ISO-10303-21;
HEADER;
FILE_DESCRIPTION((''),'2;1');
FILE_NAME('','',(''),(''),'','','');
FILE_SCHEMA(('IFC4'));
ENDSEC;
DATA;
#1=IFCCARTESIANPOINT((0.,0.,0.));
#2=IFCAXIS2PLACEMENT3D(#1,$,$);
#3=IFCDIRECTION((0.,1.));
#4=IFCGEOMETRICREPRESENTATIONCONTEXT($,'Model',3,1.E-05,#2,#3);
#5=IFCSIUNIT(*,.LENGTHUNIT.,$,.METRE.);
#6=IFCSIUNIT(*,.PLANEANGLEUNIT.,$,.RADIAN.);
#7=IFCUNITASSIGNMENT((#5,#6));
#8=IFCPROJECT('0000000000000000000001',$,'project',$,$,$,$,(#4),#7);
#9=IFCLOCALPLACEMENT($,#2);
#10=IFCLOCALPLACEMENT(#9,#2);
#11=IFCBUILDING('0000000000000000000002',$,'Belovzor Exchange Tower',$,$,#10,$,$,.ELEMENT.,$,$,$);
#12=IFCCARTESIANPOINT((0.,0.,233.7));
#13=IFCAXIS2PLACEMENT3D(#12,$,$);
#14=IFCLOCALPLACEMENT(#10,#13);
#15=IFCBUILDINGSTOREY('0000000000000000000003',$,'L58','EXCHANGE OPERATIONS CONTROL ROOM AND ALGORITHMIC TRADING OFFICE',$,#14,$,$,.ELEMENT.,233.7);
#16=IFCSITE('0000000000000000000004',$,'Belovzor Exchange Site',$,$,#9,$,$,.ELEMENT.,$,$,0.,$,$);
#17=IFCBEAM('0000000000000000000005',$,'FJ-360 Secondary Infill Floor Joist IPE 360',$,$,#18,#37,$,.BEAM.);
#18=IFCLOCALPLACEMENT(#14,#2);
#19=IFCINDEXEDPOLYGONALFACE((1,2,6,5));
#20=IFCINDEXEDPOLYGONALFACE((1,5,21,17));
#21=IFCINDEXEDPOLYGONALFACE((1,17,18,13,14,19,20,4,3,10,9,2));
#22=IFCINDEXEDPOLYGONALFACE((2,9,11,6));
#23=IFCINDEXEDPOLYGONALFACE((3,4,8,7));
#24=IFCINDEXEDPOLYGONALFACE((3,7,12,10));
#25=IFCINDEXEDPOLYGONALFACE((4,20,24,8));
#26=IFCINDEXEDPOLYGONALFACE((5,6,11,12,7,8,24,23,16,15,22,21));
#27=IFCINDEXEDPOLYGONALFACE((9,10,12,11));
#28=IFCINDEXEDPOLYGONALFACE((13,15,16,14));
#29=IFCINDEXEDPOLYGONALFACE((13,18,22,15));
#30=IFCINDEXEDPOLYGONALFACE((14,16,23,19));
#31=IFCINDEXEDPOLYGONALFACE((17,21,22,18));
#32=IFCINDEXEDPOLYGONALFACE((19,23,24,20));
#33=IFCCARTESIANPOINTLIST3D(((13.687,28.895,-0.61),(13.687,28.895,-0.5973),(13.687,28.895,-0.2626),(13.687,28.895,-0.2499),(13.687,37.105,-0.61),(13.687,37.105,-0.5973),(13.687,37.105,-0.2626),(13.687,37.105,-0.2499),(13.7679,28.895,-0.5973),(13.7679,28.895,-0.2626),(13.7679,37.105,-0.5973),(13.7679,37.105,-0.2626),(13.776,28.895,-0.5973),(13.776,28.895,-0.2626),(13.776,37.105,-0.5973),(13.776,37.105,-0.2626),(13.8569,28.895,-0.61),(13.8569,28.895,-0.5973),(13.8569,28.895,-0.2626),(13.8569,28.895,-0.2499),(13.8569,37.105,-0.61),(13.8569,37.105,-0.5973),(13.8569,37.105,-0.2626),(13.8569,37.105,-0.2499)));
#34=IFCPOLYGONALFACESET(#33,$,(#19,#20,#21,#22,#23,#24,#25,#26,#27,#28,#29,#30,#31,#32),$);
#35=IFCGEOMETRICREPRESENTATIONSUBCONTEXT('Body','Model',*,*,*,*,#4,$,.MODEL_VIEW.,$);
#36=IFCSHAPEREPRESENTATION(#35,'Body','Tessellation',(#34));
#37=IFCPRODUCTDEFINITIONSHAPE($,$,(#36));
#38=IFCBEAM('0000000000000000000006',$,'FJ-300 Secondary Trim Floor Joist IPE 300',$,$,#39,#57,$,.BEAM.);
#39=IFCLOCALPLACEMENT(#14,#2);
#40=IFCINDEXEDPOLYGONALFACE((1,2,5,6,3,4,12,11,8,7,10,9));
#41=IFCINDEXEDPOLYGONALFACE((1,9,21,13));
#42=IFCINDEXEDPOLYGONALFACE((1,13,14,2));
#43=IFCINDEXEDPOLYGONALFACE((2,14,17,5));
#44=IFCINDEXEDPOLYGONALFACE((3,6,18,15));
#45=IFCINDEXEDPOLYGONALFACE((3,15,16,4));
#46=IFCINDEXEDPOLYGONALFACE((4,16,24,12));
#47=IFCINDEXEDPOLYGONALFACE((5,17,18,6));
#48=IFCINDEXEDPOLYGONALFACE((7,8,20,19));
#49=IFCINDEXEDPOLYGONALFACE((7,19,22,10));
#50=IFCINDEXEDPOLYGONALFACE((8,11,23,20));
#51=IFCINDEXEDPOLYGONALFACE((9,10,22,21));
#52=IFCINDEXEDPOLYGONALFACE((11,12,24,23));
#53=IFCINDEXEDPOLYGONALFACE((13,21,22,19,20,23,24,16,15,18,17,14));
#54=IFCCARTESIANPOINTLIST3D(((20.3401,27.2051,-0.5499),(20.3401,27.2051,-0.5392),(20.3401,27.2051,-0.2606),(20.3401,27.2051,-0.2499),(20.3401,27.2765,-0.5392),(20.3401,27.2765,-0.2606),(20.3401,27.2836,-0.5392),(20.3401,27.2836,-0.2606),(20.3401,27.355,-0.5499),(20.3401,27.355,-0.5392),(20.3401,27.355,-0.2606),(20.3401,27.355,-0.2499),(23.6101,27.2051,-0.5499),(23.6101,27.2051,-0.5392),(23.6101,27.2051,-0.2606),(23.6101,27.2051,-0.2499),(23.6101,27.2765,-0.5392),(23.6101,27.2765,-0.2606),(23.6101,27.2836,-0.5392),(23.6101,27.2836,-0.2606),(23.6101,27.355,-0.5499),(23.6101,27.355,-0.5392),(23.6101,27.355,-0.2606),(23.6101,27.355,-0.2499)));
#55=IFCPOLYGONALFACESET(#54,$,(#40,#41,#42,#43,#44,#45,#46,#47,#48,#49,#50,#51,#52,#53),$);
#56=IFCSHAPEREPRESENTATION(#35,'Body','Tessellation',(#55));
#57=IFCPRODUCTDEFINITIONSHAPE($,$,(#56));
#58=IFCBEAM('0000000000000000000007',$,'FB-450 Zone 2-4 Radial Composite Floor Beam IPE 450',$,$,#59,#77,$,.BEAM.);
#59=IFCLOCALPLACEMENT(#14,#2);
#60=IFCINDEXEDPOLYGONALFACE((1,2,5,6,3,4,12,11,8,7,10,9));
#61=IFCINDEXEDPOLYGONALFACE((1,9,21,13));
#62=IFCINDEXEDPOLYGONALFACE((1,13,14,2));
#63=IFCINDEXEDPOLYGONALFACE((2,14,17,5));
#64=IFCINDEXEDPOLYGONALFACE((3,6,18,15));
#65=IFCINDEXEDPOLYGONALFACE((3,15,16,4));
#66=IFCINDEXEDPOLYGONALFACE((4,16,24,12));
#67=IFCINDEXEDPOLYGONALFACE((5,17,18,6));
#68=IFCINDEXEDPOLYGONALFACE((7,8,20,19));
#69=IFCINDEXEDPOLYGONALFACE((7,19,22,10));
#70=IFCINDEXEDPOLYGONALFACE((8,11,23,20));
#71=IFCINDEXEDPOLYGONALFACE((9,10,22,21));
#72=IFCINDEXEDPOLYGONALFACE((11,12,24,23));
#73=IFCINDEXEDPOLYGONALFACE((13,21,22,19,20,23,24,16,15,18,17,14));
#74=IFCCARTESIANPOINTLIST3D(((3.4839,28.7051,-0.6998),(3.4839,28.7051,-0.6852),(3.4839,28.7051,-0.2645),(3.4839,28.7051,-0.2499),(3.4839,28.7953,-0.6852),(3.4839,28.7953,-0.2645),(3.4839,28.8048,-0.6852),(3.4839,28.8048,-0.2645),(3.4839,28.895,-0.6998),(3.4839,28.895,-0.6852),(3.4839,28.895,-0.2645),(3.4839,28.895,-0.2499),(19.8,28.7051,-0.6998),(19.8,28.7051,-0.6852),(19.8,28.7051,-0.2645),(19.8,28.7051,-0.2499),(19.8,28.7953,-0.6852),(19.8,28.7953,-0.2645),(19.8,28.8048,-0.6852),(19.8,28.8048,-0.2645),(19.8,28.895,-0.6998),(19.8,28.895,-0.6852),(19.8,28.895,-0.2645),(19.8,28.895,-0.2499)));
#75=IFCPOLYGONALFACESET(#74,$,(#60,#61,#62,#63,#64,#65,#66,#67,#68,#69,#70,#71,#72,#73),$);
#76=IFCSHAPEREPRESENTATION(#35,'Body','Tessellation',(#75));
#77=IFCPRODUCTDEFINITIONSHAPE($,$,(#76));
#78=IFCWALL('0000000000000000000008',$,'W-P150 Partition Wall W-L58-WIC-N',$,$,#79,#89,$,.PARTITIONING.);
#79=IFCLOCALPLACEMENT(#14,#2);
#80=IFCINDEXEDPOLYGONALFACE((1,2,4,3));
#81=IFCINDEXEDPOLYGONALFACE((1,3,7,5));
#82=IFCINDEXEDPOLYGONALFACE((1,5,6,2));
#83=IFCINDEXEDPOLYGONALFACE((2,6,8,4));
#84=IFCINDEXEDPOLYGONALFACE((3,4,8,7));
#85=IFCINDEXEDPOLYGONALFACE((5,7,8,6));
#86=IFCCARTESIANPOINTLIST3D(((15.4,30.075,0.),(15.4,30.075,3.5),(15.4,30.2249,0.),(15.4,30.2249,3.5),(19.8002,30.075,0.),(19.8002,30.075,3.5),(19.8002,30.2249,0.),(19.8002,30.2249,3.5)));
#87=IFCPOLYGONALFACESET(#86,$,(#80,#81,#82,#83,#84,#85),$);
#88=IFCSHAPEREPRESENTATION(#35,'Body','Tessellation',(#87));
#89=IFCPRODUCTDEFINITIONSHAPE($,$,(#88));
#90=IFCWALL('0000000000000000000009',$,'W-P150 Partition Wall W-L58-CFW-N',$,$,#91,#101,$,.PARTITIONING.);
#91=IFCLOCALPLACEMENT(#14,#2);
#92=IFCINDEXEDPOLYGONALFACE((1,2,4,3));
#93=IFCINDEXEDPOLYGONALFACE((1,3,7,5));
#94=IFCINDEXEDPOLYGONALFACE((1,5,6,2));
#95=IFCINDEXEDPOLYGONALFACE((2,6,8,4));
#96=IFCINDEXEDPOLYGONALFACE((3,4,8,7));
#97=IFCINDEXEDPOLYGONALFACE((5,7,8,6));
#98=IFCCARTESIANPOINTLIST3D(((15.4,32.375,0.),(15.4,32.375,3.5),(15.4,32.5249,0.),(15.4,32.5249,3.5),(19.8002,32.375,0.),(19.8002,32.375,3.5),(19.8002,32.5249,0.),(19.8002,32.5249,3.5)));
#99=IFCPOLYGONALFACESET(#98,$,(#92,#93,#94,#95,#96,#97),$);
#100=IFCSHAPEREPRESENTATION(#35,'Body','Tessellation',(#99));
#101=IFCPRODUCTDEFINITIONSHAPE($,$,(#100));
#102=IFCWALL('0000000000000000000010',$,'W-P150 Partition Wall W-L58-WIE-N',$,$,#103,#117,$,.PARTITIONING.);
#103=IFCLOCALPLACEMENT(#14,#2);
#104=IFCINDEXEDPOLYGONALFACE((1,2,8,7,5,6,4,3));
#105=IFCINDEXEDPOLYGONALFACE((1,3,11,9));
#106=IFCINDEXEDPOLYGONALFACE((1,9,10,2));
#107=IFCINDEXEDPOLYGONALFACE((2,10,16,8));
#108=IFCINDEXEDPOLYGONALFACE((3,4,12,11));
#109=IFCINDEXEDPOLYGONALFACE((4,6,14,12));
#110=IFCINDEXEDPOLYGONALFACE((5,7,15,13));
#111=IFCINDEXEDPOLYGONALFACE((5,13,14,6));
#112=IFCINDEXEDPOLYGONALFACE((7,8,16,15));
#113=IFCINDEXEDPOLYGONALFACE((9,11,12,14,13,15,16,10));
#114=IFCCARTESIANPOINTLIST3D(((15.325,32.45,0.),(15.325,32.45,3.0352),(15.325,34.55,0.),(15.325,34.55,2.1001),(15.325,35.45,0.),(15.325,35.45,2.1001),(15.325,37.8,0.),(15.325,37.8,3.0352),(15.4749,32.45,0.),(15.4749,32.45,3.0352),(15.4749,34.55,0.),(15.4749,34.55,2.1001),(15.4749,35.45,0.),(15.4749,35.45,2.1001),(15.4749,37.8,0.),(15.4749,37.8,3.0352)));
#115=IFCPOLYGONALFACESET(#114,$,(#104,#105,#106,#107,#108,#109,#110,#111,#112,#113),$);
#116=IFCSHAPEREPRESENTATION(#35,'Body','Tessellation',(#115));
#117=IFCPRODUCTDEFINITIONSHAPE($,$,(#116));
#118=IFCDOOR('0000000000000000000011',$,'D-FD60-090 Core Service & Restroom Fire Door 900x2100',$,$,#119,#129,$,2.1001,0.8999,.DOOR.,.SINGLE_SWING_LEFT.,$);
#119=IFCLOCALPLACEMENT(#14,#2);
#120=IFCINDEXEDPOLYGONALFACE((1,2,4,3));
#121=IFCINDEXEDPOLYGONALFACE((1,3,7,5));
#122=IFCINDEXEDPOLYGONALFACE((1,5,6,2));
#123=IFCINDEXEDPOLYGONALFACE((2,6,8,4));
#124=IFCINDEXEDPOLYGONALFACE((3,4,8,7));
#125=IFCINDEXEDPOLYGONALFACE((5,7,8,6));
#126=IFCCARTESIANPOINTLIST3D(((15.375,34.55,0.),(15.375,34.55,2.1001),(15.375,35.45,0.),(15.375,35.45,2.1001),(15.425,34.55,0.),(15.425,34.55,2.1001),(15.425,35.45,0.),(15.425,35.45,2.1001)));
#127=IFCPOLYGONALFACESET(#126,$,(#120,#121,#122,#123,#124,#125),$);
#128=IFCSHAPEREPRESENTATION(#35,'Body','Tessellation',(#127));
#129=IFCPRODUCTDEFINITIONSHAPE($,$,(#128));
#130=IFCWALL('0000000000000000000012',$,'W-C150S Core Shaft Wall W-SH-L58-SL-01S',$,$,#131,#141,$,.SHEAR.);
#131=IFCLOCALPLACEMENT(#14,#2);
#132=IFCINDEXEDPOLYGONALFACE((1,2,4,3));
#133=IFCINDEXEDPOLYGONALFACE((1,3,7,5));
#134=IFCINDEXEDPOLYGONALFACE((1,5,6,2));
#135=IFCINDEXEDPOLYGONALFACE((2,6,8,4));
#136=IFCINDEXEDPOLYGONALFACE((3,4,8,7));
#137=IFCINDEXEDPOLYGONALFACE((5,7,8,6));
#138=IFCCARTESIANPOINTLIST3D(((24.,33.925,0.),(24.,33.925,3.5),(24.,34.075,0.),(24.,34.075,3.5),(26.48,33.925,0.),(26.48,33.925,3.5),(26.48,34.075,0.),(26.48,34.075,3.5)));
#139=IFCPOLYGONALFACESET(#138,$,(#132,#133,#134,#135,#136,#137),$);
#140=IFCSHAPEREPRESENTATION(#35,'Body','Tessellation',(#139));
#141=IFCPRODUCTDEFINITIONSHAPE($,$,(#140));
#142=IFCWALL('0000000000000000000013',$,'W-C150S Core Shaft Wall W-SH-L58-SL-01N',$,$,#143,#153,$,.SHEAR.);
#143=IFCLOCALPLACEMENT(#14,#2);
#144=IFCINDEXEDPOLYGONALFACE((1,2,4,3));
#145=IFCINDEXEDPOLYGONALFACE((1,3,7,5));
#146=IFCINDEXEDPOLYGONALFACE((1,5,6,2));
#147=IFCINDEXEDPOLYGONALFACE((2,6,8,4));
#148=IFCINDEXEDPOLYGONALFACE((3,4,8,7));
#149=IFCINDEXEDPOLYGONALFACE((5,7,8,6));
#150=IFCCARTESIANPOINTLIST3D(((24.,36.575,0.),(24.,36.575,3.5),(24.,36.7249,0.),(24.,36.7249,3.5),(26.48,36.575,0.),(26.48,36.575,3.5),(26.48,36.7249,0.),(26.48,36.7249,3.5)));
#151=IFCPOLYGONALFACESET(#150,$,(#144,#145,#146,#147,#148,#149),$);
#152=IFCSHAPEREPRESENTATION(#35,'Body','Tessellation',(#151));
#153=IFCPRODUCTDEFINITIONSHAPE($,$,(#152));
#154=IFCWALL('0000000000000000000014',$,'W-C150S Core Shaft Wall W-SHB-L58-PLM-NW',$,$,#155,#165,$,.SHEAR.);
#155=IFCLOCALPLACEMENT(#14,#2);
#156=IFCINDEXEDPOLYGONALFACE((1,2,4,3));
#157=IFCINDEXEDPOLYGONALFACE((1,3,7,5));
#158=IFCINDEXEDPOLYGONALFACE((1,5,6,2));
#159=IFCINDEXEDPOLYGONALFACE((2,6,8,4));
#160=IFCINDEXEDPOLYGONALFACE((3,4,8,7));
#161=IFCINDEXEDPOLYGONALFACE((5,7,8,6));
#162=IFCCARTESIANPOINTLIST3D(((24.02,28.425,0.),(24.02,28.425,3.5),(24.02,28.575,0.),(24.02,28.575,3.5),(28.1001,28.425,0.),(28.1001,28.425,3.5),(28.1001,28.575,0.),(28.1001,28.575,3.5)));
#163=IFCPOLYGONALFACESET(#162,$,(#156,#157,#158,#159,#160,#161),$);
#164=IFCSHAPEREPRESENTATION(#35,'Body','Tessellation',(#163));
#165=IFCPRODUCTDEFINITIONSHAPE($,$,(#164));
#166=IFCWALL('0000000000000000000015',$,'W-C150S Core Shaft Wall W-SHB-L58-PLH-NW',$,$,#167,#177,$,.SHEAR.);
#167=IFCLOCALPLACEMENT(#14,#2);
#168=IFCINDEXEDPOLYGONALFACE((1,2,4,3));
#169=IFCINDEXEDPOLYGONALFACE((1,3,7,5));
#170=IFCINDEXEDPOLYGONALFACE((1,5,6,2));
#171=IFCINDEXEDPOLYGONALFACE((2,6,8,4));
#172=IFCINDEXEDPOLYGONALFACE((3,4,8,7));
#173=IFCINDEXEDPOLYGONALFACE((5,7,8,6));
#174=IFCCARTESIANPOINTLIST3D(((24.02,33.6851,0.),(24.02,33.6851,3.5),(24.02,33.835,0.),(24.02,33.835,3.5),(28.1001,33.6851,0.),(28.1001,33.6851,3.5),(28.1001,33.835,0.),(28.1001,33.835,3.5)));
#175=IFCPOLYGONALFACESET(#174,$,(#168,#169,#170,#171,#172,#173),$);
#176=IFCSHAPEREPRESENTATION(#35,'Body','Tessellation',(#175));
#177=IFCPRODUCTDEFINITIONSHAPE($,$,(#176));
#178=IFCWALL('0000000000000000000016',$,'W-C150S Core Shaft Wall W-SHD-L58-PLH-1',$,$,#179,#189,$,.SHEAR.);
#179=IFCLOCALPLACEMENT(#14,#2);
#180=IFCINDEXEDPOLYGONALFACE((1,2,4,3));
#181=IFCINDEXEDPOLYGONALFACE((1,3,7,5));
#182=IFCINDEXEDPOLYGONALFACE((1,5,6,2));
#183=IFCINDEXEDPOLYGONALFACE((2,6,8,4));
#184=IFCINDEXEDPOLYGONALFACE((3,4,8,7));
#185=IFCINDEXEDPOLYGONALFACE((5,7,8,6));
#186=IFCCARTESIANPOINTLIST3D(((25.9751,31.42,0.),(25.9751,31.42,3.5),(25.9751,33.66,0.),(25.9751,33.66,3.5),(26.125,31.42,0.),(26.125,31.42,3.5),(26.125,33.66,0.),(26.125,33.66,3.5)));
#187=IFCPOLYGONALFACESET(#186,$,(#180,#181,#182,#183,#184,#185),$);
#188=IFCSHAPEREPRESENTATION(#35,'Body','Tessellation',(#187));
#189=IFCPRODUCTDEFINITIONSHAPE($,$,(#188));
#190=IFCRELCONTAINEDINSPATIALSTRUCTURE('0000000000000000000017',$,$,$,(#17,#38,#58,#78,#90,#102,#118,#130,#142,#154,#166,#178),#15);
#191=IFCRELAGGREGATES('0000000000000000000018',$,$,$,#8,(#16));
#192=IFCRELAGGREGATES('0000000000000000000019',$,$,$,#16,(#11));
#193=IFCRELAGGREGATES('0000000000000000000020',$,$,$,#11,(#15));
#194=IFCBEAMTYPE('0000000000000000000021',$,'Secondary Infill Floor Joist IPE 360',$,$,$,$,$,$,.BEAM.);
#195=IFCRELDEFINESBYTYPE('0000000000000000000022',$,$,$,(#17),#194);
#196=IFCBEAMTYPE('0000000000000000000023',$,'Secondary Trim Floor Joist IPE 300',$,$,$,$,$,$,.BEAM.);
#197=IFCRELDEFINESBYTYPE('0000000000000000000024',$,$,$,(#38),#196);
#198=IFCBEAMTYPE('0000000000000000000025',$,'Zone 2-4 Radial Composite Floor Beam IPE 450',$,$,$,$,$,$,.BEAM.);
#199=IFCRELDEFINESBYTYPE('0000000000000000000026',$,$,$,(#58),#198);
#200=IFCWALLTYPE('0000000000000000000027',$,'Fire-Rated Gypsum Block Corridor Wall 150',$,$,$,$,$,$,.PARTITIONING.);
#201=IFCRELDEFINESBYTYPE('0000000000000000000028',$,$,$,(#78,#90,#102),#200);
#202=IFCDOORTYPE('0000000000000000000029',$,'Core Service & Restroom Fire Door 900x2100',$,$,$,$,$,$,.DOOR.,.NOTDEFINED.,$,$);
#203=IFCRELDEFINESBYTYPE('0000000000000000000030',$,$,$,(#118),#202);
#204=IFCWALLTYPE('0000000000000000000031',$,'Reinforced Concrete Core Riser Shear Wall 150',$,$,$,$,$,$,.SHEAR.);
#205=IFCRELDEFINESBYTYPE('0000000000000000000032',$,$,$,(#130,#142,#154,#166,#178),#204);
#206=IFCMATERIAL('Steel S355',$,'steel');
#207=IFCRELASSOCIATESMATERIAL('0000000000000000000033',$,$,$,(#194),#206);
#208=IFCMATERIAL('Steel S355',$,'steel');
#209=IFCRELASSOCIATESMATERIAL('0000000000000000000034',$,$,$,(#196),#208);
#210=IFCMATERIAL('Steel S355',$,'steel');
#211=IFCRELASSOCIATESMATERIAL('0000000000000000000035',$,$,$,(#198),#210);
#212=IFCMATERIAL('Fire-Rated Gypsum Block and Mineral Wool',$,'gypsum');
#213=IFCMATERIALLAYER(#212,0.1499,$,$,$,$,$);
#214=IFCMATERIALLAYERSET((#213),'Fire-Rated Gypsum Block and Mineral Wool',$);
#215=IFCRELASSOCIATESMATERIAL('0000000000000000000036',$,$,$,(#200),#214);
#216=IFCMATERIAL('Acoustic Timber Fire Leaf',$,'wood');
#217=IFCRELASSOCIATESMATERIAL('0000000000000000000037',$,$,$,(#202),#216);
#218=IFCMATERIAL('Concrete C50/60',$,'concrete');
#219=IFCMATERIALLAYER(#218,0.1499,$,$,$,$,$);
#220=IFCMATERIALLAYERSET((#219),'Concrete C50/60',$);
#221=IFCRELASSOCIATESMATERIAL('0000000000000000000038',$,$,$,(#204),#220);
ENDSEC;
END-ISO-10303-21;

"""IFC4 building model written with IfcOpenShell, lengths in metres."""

from ifc_helpers import new_model, si_unit, direction, frame, frame_2d, origin, origin_2d, place, context, subcontext, project, spatial, rectangle, i_section, extrude, material, layer, layer_set, material_profile, profile_set, type_object, element, fill, save


model = new_model("IFC4")

# Units and contexts
model_context = context("Model", 3, precision=1e-05, world=origin(), true_north=direction((0.0, 1.0)))
body_context = subcontext(model_context, "Body", "Model", "MODEL_VIEW")
ifc_project = project(units=[si_unit("LENGTHUNIT", "METRE"), si_unit("PLANEANGLEUNIT", "RADIAN")], contexts=[model_context])

# Site, building, storey
site_placement = place(None, origin())
site = spatial("IfcSite", under=ifc_project, at=site_placement, Name="Belovzor Exchange Site", CompositionType="ELEMENT", RefElevation=0.0)
building_placement = place(site_placement, origin())
building = spatial("IfcBuilding", under=site, at=building_placement, Name="Belovzor Exchange Tower", CompositionType="ELEMENT")
storey_placement = place(building_placement, frame((0.0, 0.0, 233.7)))
storey = spatial("IfcBuildingStorey", under=building, at=storey_placement, Name="L58", Description="EXCHANGE OPERATIONS CONTROL ROOM AND ALGORITHMIC TRADING OFFICE", CompositionType="ELEMENT", Elevation=233.7)

# Beams
ifc_material_1 = material(Name="Steel S355", Category="steel")
ifc_material_profile_1 = material_profile(ifc_material_1, i_section(OverallWidth=0.1699, OverallDepth=0.3601, WebThickness=0.0081, FlangeThickness=0.0127, at=origin_2d()))
ifc_profile_set_1 = profile_set([ifc_material_profile_1], Name="Steel S355")
beam_type_1 = type_object("IfcBeamType", Name="Secondary Infill Floor Joist IPE 360", PredefinedType="BEAM", material=ifc_profile_set_1)
beam_1_placement = place(storey_placement, frame((13.772, 28.895, -0.4299), z_axis=(0.0, 1.0, 0.0), x_axis=(-1.0, 0.0, 0.0)))
element("IfcBeam", 1, at=beam_1_placement, inside=storey, type_object=beam_type_1, Name="FJ-360 Secondary Infill Floor Joist IPE 360", PredefinedType="BEAM", context=body_context, shape_type="SweptSolid", body=[
    extrude(i_section(OverallWidth=0.1699, OverallDepth=0.3601, WebThickness=0.0081, FlangeThickness=0.0127, at=origin_2d()), origin(), (0.0, 0.0, 1.0), 8.21),
])
ifc_material_2 = material(Name="Steel S355", Category="steel")
ifc_material_profile_2 = material_profile(ifc_material_2, i_section(OverallWidth=0.1499, OverallDepth=0.3, WebThickness=0.0071, FlangeThickness=0.0107, at=origin_2d()))
ifc_profile_set_2 = profile_set([ifc_material_profile_2], Name="Steel S355")
beam_type_2 = type_object("IfcBeamType", Name="Secondary Trim Floor Joist IPE 300", PredefinedType="BEAM", material=ifc_profile_set_2)
beam_2_placement = place(storey_placement, frame((20.3401, 27.28, -0.3999), z_axis=(1.0, 0.0, 0.0), x_axis=(0.0, 1.0, 0.0)))
element("IfcBeam", 2, at=beam_2_placement, inside=storey, type_object=beam_type_2, Name="FJ-300 Secondary Trim Floor Joist IPE 300", PredefinedType="BEAM", context=body_context, shape_type="SweptSolid", body=[
    extrude(i_section(OverallWidth=0.1499, OverallDepth=0.3, WebThickness=0.0071, FlangeThickness=0.0107, at=origin_2d()), origin(), (0.0, 0.0, 1.0), 3.27),
])
ifc_material_3 = material(Name="Steel S355", Category="steel")
ifc_material_profile_3 = material_profile(ifc_material_3, i_section(OverallWidth=0.1899, OverallDepth=0.45, WebThickness=0.0095, FlangeThickness=0.0146, at=origin_2d()))
ifc_profile_set_3 = profile_set([ifc_material_profile_3], Name="Steel S355")
beam_type_3 = type_object("IfcBeamType", Name="Zone 2-4 Radial Composite Floor Beam IPE 450", PredefinedType="BEAM", material=ifc_profile_set_3)
beam_3_placement = place(storey_placement, frame((19.8, 28.8, -0.4749), z_axis=(-1.0, 0.0, 0.0), x_axis=(0.0, -1.0, 0.0)))
element("IfcBeam", 3, at=beam_3_placement, inside=storey, type_object=beam_type_3, Name="FB-450 Zone 2-4 Radial Composite Floor Beam IPE 450", PredefinedType="BEAM", context=body_context, shape_type="SweptSolid", body=[
    extrude(i_section(OverallWidth=0.1899, OverallDepth=0.45, WebThickness=0.0095, FlangeThickness=0.0146, at=origin_2d()), origin(), (0.0, 0.0, 1.0), 16.3162),
])

# Walls
ifc_material_4 = material(Name="Fire-Rated Gypsum Block and Mineral Wool", Category="gypsum")
ifc_layer_1 = layer(ifc_material_4, 0.1499)
ifc_layer_set_1 = layer_set([ifc_layer_1], Name="Fire-Rated Gypsum Block and Mineral Wool")
wall_type_1 = type_object("IfcWallType", Name="Fire-Rated Gypsum Block Corridor Wall 150", PredefinedType="PARTITIONING", material=ifc_layer_set_1)
for number, where, z_axis, x_axis, name in (
    (4, (15.3999, 30.1499, 0.0), (0.0, 0.0, 1.0), (1.0, 0.0, 0.0), "W-P150 Partition Wall W-L58-WIC-N"),
    (5, (15.3999, 32.45, 0.0), (0.0, 0.0, 1.0), (1.0, 0.0, 0.0), "W-P150 Partition Wall W-L58-CFW-N"),
):
    element("IfcWall", number, at=place(storey_placement, frame(where, z_axis=z_axis, x_axis=x_axis)), inside=storey, type_object=wall_type_1, Name=name, PredefinedType="PARTITIONING", context=body_context, shape_type="SweptSolid", body=[
        extrude(rectangle(XDim=4.4001, YDim=0.1499, at=frame_2d((2.2002, 0.0))), origin(), (0.0, 0.0, 1.0), 3.5),
    ])

# Wall, opening, door
wall_1_placement = place(storey_placement, frame((15.3999, 32.45, 0.0), z_axis=(0.0, 0.0, 1.0), x_axis=(0.0, 1.0, 0.0)))
wall_1 = element("IfcWall", 6, at=wall_1_placement, inside=storey, type_object=wall_type_1, Name="W-P150 Partition Wall W-L58-WIE-N", PredefinedType="PARTITIONING", context=body_context, shape_type="SweptSolid", body=[
    extrude(rectangle(XDim=5.3501, YDim=0.1499, at=frame_2d((2.675, 0.0))), origin(), (0.0, 0.0, 1.0), 3.0352),
])
opening_1_placement = place(wall_1_placement, frame((2.1001, 0.0, 0.0)))
opening_1 = element("IfcOpeningElement", 7, at=opening_1_placement, cuts=wall_1, PredefinedType="OPENING", context=body_context, shape_type="SweptSolid", body=[
    extrude(rectangle(XDim=0.8999, YDim=2.1001, at=frame_2d((0.45, 1.05))), frame((0.0, 0.085, 0.0), z_axis=(0.0, -1.0, 0.0), x_axis=(1.0, 0.0, 0.0)), (0.0, 0.0, 1.0), 0.1699),
])
ifc_material_5 = material(Name="Acoustic Timber Fire Leaf", Category="wood")
door_type_1 = type_object("IfcDoorType", Name="Core Service & Restroom Fire Door 900x2100", OperationType="NOTDEFINED", PredefinedType="DOOR", material=ifc_material_5)
door_1_placement = place(opening_1_placement, origin())
door_1 = element("IfcDoor", 8, at=door_1_placement, inside=storey, type_object=door_type_1, Name="D-FD60-090 Core Service & Restroom Fire Door 900x2100", OperationType="SINGLE_SWING_LEFT", OverallHeight=2.1001, OverallWidth=0.8999, PredefinedType="DOOR", context=body_context, shape_type="SweptSolid", body=[
    extrude(rectangle(XDim=0.8999, YDim=2.1001, at=frame_2d((0.45, 1.05))), frame((0.0, 0.0249, 0.0), z_axis=(0.0, -1.0, 0.0), x_axis=(1.0, 0.0, 0.0)), (0.0, 0.0, 1.0), 0.05),
])
fill(opening_1, door_1)

# Walls
ifc_material_6 = material(Name="Concrete C50/60", Category="concrete")
ifc_layer_2 = layer(ifc_material_6, 0.1499)
ifc_layer_set_2 = layer_set([ifc_layer_2], Name="Concrete C50/60")
wall_type_2 = type_object("IfcWallType", Name="Reinforced Concrete Core Riser Shear Wall 150", PredefinedType="SHEAR", material=ifc_layer_set_2)
for number, where, z_axis, x_axis, name in (
    (9, (24.0, 34.0, 0.0), (0.0, 0.0, 1.0), (1.0, 0.0, 0.0), "W-C150S Core Shaft Wall W-SH-L58-SL-01S"),
    (10, (24.0, 36.6499, 0.0), (0.0, 0.0, 1.0), (1.0, 0.0, 0.0), "W-C150S Core Shaft Wall W-SH-L58-SL-01N"),
):
    element("IfcWall", number, at=place(storey_placement, frame(where, z_axis=z_axis, x_axis=x_axis)), inside=storey, type_object=wall_type_2, Name=name, PredefinedType="SHEAR", context=body_context, shape_type="SweptSolid", body=[
        extrude(rectangle(XDim=2.48, YDim=0.1499, at=frame_2d((1.24, 0.0))), origin(), (0.0, 0.0, 1.0), 3.5),
    ])
for number, where, z_axis, x_axis, name in (
    (11, (24.02, 28.5, 0.0), (0.0, 0.0, 1.0), (1.0, 0.0, 0.0), "W-C150S Core Shaft Wall W-SHB-L58-PLM-NW"),
    (12, (24.02, 33.76, 0.0), (0.0, 0.0, 1.0), (1.0, 0.0, 0.0), "W-C150S Core Shaft Wall W-SHB-L58-PLH-NW"),
):
    element("IfcWall", number, at=place(storey_placement, frame(where, z_axis=z_axis, x_axis=x_axis)), inside=storey, type_object=wall_type_2, Name=name, PredefinedType="SHEAR", context=body_context, shape_type="SweptSolid", body=[
        extrude(rectangle(XDim=4.0801, YDim=0.1499, at=frame_2d((2.04, 0.0))), origin(), (0.0, 0.0, 1.0), 3.5),
    ])
wall_2_placement = place(storey_placement, frame((26.05, 31.4199, 0.0), z_axis=(0.0, 0.0, 1.0), x_axis=(0.0, 1.0, 0.0)))
element("IfcWall", 13, at=wall_2_placement, inside=storey, type_object=wall_type_2, Name="W-C150S Core Shaft Wall W-SHD-L58-PLH-1", PredefinedType="SHEAR", context=body_context, shape_type="SweptSolid", body=[
    extrude(rectangle(XDim=2.24, YDim=0.1499, at=frame_2d((1.1201, 0.0))), origin(), (0.0, 0.0, 1.0), 3.5),
])

save(model, "model.ifc")
